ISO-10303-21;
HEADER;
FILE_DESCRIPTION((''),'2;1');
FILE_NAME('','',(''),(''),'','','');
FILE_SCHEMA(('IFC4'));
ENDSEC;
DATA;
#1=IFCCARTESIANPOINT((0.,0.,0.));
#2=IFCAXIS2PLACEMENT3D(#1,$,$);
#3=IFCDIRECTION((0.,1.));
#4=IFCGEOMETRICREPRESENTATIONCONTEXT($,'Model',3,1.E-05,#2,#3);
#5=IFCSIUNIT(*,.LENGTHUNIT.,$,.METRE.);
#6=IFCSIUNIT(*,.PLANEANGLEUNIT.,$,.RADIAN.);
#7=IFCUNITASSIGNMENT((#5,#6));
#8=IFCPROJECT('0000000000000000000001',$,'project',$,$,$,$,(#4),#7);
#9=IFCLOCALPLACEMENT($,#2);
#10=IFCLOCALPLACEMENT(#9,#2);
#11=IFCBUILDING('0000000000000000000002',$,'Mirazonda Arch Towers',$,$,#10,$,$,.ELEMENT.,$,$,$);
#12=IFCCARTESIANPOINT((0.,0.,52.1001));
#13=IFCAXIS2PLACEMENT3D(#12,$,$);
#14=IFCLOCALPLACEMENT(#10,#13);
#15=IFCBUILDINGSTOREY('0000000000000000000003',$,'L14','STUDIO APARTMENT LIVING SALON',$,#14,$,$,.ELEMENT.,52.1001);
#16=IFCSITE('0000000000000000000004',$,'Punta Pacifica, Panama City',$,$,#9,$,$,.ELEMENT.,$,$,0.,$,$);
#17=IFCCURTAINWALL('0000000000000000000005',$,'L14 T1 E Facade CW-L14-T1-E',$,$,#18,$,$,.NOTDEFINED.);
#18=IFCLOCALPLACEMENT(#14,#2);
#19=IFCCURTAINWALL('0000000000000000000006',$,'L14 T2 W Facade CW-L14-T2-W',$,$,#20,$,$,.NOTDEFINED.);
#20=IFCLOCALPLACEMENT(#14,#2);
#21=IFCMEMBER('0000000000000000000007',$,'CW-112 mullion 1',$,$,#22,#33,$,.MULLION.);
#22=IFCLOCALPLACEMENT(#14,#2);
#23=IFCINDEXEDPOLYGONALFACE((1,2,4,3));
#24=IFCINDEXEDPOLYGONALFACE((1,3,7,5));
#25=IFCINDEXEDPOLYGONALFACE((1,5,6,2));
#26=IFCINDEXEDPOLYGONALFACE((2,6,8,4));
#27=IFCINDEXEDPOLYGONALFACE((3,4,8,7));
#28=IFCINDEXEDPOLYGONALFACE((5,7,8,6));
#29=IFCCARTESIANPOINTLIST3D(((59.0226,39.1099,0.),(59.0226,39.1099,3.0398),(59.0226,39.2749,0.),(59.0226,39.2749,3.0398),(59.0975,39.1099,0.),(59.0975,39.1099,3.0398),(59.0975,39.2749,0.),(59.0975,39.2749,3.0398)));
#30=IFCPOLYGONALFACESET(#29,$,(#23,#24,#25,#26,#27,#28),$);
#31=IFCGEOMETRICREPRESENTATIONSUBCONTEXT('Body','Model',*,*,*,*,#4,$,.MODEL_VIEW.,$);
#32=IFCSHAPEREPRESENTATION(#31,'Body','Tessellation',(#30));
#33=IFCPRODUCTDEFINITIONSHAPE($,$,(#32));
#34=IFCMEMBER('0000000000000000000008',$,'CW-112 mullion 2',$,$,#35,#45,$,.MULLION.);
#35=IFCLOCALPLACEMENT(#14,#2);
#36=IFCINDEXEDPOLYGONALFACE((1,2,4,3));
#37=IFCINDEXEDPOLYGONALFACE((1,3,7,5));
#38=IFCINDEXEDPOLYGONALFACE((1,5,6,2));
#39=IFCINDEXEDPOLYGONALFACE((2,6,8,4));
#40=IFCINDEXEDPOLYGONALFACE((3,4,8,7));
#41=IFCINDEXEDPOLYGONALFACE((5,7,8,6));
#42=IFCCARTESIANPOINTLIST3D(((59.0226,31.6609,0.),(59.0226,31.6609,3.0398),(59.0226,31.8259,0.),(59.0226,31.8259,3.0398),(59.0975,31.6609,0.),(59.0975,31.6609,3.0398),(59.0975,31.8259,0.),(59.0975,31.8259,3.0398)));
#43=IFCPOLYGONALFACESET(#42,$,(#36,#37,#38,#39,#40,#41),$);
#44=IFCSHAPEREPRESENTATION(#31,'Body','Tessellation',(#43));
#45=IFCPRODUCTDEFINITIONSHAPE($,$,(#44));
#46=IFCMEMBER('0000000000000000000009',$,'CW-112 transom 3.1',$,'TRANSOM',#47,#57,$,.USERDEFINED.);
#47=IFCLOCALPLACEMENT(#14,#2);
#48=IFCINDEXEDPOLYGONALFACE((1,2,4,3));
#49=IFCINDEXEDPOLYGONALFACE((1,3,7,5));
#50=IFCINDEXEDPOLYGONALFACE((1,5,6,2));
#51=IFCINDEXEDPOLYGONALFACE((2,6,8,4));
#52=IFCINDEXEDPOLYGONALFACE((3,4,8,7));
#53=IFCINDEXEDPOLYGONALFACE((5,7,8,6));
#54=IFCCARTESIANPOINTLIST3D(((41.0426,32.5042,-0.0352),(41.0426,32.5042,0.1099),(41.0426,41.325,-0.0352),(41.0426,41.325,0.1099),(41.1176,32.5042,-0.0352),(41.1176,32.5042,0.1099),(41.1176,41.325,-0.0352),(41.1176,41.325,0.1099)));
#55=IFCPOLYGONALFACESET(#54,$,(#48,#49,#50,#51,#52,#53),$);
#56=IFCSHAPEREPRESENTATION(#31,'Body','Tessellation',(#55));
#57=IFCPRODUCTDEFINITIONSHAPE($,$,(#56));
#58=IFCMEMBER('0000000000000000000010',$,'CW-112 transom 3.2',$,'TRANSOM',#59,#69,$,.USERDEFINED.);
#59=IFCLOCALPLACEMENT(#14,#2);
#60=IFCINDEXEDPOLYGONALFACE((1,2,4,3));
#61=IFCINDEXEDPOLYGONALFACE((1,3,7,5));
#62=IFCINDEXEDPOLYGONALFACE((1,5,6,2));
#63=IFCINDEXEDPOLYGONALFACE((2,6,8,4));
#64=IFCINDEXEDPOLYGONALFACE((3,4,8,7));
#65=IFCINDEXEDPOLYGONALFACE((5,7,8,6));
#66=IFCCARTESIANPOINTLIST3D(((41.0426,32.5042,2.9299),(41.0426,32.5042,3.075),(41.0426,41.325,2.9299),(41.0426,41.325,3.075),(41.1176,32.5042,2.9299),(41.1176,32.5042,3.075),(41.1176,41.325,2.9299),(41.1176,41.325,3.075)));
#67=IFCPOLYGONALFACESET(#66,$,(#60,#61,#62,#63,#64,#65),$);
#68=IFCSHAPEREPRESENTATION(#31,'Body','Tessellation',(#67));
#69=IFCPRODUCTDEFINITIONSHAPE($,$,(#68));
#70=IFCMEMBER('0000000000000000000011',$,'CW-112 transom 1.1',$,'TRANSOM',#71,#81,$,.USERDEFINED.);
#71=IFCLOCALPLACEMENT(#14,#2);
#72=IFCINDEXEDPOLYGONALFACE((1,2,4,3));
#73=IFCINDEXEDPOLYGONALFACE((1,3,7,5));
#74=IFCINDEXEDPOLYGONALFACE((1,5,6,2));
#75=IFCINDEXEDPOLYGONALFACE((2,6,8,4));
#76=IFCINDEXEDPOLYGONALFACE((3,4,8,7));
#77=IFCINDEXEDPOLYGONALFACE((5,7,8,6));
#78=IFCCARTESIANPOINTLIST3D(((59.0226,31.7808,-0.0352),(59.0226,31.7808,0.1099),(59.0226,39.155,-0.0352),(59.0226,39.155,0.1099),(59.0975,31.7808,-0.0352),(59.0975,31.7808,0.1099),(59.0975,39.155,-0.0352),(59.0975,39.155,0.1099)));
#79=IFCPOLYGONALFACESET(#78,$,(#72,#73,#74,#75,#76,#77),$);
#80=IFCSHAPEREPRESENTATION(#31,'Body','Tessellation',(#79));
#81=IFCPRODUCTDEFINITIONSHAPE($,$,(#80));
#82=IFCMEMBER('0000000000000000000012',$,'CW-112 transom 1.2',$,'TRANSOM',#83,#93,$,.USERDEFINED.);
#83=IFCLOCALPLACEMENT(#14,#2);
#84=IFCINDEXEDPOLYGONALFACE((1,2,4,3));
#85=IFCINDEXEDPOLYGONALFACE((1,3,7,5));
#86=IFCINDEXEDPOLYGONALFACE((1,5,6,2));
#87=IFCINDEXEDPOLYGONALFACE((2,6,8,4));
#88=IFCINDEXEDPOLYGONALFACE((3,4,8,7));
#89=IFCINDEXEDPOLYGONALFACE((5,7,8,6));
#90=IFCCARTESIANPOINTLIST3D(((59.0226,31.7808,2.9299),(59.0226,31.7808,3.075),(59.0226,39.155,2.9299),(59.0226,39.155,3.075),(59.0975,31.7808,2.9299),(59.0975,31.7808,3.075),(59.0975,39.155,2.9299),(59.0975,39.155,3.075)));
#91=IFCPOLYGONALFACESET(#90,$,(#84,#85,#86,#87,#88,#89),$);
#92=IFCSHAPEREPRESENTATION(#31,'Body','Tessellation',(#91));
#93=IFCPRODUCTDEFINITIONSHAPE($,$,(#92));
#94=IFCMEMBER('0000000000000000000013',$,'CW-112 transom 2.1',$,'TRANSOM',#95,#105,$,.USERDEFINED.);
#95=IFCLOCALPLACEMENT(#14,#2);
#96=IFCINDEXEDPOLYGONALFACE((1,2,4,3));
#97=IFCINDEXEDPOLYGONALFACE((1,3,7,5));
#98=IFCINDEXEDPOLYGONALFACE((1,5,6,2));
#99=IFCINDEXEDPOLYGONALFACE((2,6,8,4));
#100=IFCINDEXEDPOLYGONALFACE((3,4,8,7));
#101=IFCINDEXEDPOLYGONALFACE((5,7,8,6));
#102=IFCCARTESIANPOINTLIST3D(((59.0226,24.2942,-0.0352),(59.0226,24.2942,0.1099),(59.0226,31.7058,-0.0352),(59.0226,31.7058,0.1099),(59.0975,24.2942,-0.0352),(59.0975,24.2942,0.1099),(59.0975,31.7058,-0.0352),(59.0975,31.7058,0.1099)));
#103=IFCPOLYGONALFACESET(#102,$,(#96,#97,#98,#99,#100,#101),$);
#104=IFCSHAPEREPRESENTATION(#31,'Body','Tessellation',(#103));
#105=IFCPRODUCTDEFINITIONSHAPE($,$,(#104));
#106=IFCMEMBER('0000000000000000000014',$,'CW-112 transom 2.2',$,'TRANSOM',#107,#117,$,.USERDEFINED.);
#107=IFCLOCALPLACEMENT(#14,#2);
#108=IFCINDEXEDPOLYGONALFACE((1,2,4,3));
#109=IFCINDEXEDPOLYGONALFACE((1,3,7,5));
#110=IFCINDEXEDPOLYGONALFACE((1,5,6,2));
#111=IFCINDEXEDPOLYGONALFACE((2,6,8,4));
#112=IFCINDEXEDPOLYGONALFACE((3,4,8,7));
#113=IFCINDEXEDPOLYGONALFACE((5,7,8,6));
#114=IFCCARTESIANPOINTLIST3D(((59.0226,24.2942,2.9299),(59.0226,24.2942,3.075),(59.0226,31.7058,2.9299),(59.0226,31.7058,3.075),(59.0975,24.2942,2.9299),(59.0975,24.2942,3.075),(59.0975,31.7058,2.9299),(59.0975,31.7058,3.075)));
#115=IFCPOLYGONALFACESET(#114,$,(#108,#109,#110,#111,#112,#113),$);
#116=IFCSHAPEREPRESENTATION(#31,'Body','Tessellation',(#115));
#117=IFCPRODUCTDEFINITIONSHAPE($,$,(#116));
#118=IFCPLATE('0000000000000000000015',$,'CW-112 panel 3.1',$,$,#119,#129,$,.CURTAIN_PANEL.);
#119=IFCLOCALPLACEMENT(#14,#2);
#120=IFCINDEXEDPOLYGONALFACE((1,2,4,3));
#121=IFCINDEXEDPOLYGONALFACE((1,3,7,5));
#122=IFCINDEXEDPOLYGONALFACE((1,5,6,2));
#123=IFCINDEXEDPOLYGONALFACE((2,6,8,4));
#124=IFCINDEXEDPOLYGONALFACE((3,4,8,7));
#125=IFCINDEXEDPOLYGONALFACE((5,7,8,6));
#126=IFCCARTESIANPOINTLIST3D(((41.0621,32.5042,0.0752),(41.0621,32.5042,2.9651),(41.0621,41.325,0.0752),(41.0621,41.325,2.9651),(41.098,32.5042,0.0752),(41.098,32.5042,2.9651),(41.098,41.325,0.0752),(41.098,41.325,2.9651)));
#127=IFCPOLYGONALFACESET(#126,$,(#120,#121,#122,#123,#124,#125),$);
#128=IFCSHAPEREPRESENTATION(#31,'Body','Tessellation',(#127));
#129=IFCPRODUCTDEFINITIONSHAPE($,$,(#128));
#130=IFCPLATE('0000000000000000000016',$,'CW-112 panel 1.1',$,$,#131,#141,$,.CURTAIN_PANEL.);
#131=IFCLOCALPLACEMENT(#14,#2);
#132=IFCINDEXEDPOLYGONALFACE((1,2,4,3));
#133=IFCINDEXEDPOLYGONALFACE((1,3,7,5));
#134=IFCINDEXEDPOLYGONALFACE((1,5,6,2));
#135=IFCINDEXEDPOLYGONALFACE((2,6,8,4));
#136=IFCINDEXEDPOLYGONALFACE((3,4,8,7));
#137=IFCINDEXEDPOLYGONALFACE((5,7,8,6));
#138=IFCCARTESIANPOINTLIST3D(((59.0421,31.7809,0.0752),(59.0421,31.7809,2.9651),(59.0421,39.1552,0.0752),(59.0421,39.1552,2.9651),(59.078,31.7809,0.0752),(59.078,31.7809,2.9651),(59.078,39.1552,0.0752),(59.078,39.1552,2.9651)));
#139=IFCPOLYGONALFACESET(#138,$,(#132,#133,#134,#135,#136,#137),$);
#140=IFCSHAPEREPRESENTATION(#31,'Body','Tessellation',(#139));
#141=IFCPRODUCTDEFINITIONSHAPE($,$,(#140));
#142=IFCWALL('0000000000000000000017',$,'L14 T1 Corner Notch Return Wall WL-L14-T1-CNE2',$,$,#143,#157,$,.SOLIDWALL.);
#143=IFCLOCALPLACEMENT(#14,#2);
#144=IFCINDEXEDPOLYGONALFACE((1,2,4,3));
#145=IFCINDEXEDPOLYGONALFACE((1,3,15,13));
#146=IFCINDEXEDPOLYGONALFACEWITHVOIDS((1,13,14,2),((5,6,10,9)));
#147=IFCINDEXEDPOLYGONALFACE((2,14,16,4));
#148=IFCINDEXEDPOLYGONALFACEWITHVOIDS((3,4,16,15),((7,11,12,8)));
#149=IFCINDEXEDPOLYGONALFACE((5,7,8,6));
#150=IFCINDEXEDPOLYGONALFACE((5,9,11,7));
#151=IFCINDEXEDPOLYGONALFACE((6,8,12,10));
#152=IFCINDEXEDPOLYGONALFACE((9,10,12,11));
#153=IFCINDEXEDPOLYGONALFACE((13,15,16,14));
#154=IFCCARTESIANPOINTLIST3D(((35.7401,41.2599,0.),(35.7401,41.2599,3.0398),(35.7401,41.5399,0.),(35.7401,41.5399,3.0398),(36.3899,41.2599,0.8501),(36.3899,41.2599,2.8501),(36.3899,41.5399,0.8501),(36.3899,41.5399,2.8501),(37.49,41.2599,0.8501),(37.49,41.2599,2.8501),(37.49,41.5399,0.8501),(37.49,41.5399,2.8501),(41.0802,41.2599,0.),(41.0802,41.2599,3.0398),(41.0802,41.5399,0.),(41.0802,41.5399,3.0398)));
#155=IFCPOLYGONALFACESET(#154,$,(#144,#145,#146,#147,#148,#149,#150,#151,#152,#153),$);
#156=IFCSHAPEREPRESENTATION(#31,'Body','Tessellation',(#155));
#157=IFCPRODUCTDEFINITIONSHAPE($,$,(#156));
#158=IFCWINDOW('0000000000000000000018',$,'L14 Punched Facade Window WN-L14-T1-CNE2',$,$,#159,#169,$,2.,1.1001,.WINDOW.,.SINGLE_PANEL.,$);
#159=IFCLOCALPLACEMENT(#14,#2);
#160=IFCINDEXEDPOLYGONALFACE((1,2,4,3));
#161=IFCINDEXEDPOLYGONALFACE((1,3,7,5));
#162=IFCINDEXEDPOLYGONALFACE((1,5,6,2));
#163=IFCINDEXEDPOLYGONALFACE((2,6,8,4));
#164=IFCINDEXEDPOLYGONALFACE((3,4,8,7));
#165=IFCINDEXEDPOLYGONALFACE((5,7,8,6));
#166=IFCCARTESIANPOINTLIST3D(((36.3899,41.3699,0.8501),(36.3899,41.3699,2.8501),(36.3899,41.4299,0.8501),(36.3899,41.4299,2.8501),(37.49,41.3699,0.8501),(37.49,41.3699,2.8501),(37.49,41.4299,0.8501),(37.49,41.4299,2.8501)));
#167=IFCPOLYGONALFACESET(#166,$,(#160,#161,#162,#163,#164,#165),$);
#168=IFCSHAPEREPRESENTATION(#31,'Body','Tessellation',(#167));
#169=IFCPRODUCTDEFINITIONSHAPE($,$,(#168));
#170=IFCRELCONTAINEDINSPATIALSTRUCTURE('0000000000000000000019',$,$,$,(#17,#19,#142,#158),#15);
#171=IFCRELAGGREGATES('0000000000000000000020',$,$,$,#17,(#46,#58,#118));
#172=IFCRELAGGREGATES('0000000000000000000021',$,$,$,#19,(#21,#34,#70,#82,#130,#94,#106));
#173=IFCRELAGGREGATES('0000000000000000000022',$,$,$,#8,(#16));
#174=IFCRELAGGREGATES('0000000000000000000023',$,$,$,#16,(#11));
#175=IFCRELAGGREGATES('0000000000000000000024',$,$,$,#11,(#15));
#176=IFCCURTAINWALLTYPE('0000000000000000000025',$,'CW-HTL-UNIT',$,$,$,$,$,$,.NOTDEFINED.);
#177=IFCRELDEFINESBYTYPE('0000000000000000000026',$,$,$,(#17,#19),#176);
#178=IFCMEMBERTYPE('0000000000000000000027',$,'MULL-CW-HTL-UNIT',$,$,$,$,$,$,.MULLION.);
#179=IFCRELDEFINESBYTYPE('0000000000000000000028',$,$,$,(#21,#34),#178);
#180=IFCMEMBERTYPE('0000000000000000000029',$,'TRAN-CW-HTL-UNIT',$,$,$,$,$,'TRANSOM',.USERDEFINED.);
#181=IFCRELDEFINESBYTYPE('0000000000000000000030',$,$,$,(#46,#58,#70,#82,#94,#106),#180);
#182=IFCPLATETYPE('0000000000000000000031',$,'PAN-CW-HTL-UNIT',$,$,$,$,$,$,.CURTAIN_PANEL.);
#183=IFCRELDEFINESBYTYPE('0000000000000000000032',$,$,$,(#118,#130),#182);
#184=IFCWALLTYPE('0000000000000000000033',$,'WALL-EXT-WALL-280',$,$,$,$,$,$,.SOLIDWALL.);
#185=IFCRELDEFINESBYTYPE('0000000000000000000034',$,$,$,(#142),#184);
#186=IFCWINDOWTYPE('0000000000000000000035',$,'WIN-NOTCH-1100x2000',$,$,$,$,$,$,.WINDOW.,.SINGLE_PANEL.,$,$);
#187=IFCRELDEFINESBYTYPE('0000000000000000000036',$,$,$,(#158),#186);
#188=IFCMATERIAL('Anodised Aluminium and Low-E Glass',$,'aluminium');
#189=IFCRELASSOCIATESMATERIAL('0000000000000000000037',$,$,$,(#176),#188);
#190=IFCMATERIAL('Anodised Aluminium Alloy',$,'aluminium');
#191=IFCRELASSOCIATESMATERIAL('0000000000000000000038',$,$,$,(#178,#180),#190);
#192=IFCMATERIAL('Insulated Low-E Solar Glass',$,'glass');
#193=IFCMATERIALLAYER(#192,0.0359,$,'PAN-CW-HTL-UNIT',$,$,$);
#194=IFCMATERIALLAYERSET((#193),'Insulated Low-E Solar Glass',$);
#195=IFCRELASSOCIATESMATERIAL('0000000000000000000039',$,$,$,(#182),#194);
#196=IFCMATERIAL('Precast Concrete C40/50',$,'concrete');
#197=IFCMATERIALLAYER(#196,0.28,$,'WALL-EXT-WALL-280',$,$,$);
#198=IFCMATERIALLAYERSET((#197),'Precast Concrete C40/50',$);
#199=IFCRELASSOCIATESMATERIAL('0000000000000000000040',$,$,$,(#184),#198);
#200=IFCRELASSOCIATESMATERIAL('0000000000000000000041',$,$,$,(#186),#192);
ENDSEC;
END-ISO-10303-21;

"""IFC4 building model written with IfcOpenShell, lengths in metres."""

from ifc_helpers import new_model, si_unit, direction, frame, frame_2d, origin, origin_2d, place, context, subcontext, project, spatial, rectangle, extrude, material, layer, layer_set, material_profile, profile_set, type_object, element, fill, aggregate, save


model = new_model("IFC4")

# Units and contexts
model_context = context("Model", 3, precision=1e-05, world=origin(), true_north=direction((0.0, 1.0)))
body_context = subcontext(model_context, "Body", "Model", "MODEL_VIEW")
ifc_project = project(units=[si_unit("LENGTHUNIT", "METRE"), si_unit("PLANEANGLEUNIT", "RADIAN")], contexts=[model_context])

# Site, building, storey
site_placement = place(None, origin())
site = spatial("IfcSite", under=ifc_project, at=site_placement, Name="Punta Pacifica, Panama City", CompositionType="ELEMENT", RefElevation=0.0)
building_placement = place(site_placement, origin())
building = spatial("IfcBuilding", under=site, at=building_placement, Name="Mirazonda Arch Towers", CompositionType="ELEMENT")
storey_placement = place(building_placement, frame((0.0, 0.0, 52.1001)))
storey = spatial("IfcBuildingStorey", under=building, at=storey_placement, Name="L14", Description="STUDIO APARTMENT LIVING SALON", CompositionType="ELEMENT", Elevation=52.1001)

# Curtain wall
ifc_material_1 = material(Name="Anodised Aluminium and Low-E Glass", Category="aluminium")
curtain_wall_type = type_object("IfcCurtainWallType", Name="CW-HTL-UNIT", PredefinedType="NOTDEFINED", material=ifc_material_1)
curtain_wall_1_placement = place(storey_placement, origin())
curtain_wall_1 = element("IfcCurtainWall", 1, at=curtain_wall_1_placement, inside=storey, type_object=curtain_wall_type, Name="L14 T1 E Facade CW-L14-T1-E", PredefinedType="NOTDEFINED")
ifc_material_2 = material(Name="Anodised Aluminium Alloy", Category="aluminium")
ifc_material_profile_1 = material_profile(ifc_material_2, rectangle(XDim=0.075, YDim=0.165, at=origin_2d()), Name="ALU-MULL-75x165")
ifc_profile_set_1 = profile_set([ifc_material_profile_1], Name="Anodised Aluminium Alloy")
member_type_1 = type_object("IfcMemberType", Name="MULL-CW-HTL-UNIT", PredefinedType="MULLION", material=ifc_profile_set_1)

# Curtain wall, members
curtain_wall_2_placement = place(storey_placement, origin())
curtain_wall_2 = element("IfcCurtainWall", 2, at=curtain_wall_2_placement, inside=storey, type_object=curtain_wall_type, Name="L14 T2 W Facade CW-L14-T2-W", PredefinedType="NOTDEFINED")
member_1_placement = place(storey_placement, frame((59.0601, 39.1924, 0.0), z_axis=(0.0, 0.0, 1.0), x_axis=(1.0, 0.0, 0.0)))
member_1 = element("IfcMember", 3, at=member_1_placement, type_object=member_type_1, Name="CW-112 mullion 1", PredefinedType="MULLION", context=body_context, shape_type="SweptSolid", body=[
    extrude(rectangle(XDim=0.075, YDim=0.165, at=origin_2d()), origin(), (0.0, 0.0, 1.0), 3.0398),
])
member_2_placement = place(storey_placement, frame((59.0601, 31.7434, 0.0), z_axis=(0.0, 0.0, 1.0), x_axis=(1.0, 0.0, 0.0)))
member_2 = element("IfcMember", 4, at=member_2_placement, type_object=member_type_1, Name="CW-112 mullion 2", PredefinedType="MULLION", context=body_context, shape_type="SweptSolid", body=[
    extrude(rectangle(XDim=0.075, YDim=0.165, at=origin_2d()), origin(), (0.0, 0.0, 1.0), 3.0398),
])

# Members
ifc_material_profile_2 = material_profile(ifc_material_2, rectangle(XDim=0.075, YDim=0.145, at=origin_2d()), Name="ALU-TRAN-75x145")
ifc_profile_set_2 = profile_set([ifc_material_profile_2], Name="Anodised Aluminium Alloy")
member_type_2 = type_object("IfcMemberType", Name="TRAN-CW-HTL-UNIT", ElementType="TRANSOM", PredefinedType="USERDEFINED", material=ifc_profile_set_2)
member_3_placement = place(storey_placement, frame((41.0801, 32.5042, 0.0374), z_axis=(0.0, 1.0, 0.0), x_axis=(-1.0, 0.0, 0.0)))
member_3 = element("IfcMember", 5, at=member_3_placement, type_object=member_type_2, Name="CW-112 transom 3.1", ObjectType="TRANSOM", PredefinedType="USERDEFINED", context=body_context, shape_type="SweptSolid", body=[
    extrude(rectangle(XDim=0.075, YDim=0.145, at=origin_2d()), origin(), (0.0, 0.0, 1.0), 8.8208),
])
member_4_placement = place(storey_placement, frame((41.0801, 32.5042, 3.0024), z_axis=(0.0, 1.0, 0.0), x_axis=(-1.0, 0.0, 0.0)))
member_4 = element("IfcMember", 6, at=member_4_placement, type_object=member_type_2, Name="CW-112 transom 3.2", ObjectType="TRANSOM", PredefinedType="USERDEFINED", context=body_context, shape_type="SweptSolid", body=[
    extrude(rectangle(XDim=0.075, YDim=0.145, at=origin_2d()), origin(), (0.0, 0.0, 1.0), 8.8208),
])
member_5_placement = place(storey_placement, frame((59.0601, 39.155, 0.0374), z_axis=(0.0, -1.0, 0.0), x_axis=(1.0, 0.0, 0.0)))
member_5 = element("IfcMember", 7, at=member_5_placement, type_object=member_type_2, Name="CW-112 transom 1.1", ObjectType="TRANSOM", PredefinedType="USERDEFINED", context=body_context, shape_type="SweptSolid", body=[
    extrude(rectangle(XDim=0.075, YDim=0.145, at=origin_2d()), origin(), (0.0, 0.0, 1.0), 7.3743),
])
member_6_placement = place(storey_placement, frame((59.0601, 39.155, 3.0024), z_axis=(0.0, -1.0, 0.0), x_axis=(1.0, 0.0, 0.0)))
member_6 = element("IfcMember", 8, at=member_6_placement, type_object=member_type_2, Name="CW-112 transom 1.2", ObjectType="TRANSOM", PredefinedType="USERDEFINED", context=body_context, shape_type="SweptSolid", body=[
    extrude(rectangle(XDim=0.075, YDim=0.145, at=origin_2d()), origin(), (0.0, 0.0, 1.0), 7.3743),
])
member_7_placement = place(storey_placement, frame((59.0601, 31.7058, 0.0374), z_axis=(0.0, -1.0, 0.0), x_axis=(1.0, 0.0, 0.0)))
member_7 = element("IfcMember", 9, at=member_7_placement, type_object=member_type_2, Name="CW-112 transom 2.1", ObjectType="TRANSOM", PredefinedType="USERDEFINED", context=body_context, shape_type="SweptSolid", body=[
    extrude(rectangle(XDim=0.075, YDim=0.145, at=origin_2d()), origin(), (0.0, 0.0, 1.0), 7.4116),
])
member_8_placement = place(storey_placement, frame((59.0601, 31.7058, 3.0024), z_axis=(0.0, -1.0, 0.0), x_axis=(1.0, 0.0, 0.0)))
member_8 = element("IfcMember", 10, at=member_8_placement, type_object=member_type_2, Name="CW-112 transom 2.2", ObjectType="TRANSOM", PredefinedType="USERDEFINED", context=body_context, shape_type="SweptSolid", body=[
    extrude(rectangle(XDim=0.075, YDim=0.145, at=origin_2d()), origin(), (0.0, 0.0, 1.0), 7.4116),
])

# Plates
ifc_material_3 = material(Name="Insulated Low-E Solar Glass", Category="glass")
ifc_layer_1 = layer(ifc_material_3, 0.0359, Name="PAN-CW-HTL-UNIT")
ifc_layer_set_1 = layer_set([ifc_layer_1], Name="Insulated Low-E Solar Glass")
plate_type = type_object("IfcPlateType", Name="PAN-CW-HTL-UNIT", PredefinedType="CURTAIN_PANEL", material=ifc_layer_set_1)
plate_1_placement = place(storey_placement, frame((41.0801, 36.9146, 0.0752), z_axis=(0.0, 0.0, 1.0), x_axis=(0.0, 1.0, 0.0)))
plate_1 = element("IfcPlate", 11, at=plate_1_placement, type_object=plate_type, Name="CW-112 panel 3.1", PredefinedType="CURTAIN_PANEL", context=body_context, shape_type="SweptSolid", body=[
    extrude(rectangle(XDim=8.8208, YDim=0.0359, at=origin_2d()), origin(), (0.0, 0.0, 1.0), 2.8899),
])
aggregate(curtain_wall_1, [member_3, member_4, plate_1])
plate_2_placement = place(storey_placement, frame((59.0601, 35.468, 0.0752), z_axis=(0.0, 0.0, 1.0), x_axis=(0.0, -1.0, 0.0)))
plate_2 = element("IfcPlate", 12, at=plate_2_placement, type_object=plate_type, Name="CW-112 panel 1.1", PredefinedType="CURTAIN_PANEL", context=body_context, shape_type="SweptSolid", body=[
    extrude(rectangle(XDim=7.3743, YDim=0.0359, at=origin_2d()), origin(), (0.0, 0.0, 1.0), 2.8899),
])
aggregate(curtain_wall_2, [member_1, member_2, member_5, member_6, plate_2, member_7, member_8])

# Wall, opening, window
ifc_material_4 = material(Name="Precast Concrete C40/50", Category="concrete")
ifc_layer_2 = layer(ifc_material_4, 0.28, Name="WALL-EXT-WALL-280")
ifc_layer_set_2 = layer_set([ifc_layer_2], Name="Precast Concrete C40/50")
wall_type_1 = type_object("IfcWallType", Name="WALL-EXT-WALL-280", PredefinedType="SOLIDWALL", material=ifc_layer_set_2)
wall_1_placement = place(storey_placement, frame((41.0801, 41.3999, 0.0), z_axis=(0.0, 0.0, 1.0), x_axis=(-1.0, 0.0, 0.0)))
wall_1 = element("IfcWall", 13, at=wall_1_placement, inside=storey, type_object=wall_type_1, Name="L14 T1 Corner Notch Return Wall WL-L14-T1-CNE2", PredefinedType="SOLIDWALL", context=body_context, shape_type="SweptSolid", body=[
    extrude(rectangle(XDim=5.3401, YDim=0.28, at=frame_2d((2.6699, 0.0))), origin(), (0.0, 0.0, 1.0), 3.0398),
])
opening_1_placement = place(wall_1_placement, frame((3.5901, 0.0, 0.8501)))
opening_1 = element("IfcOpeningElement", 14, at=opening_1_placement, cuts=wall_1, PredefinedType="OPENING", context=body_context, shape_type="SweptSolid", body=[
    extrude(rectangle(XDim=1.1001, YDim=2.0, at=frame_2d((0.55, 1.0))), frame((0.0, 0.1499, 0.0), z_axis=(0.0, -1.0, 0.0), x_axis=(1.0, 0.0, 0.0)), (0.0, 0.0, 1.0), 0.3),
])
window_type = type_object("IfcWindowType", Name="WIN-NOTCH-1100x2000", PartitioningType="SINGLE_PANEL", PredefinedType="WINDOW", material=ifc_material_3)
window_1_placement = place(opening_1_placement, origin())
window_1 = element("IfcWindow", 15, at=window_1_placement, inside=storey, type_object=window_type, Name="L14 Punched Facade Window WN-L14-T1-CNE2", OverallHeight=2.0, OverallWidth=1.1001, PartitioningType="SINGLE_PANEL", PredefinedType="WINDOW", context=body_context, shape_type="SweptSolid", body=[
    extrude(rectangle(XDim=1.1001, YDim=2.0, at=frame_2d((0.55, 1.0))), frame((0.0, 0.03, 0.0), z_axis=(0.0, -1.0, 0.0), x_axis=(1.0, 0.0, 0.0)), (0.0, 0.0, 1.0), 0.0601),
])
fill(opening_1, window_1)

save(model, "model.ifc")
